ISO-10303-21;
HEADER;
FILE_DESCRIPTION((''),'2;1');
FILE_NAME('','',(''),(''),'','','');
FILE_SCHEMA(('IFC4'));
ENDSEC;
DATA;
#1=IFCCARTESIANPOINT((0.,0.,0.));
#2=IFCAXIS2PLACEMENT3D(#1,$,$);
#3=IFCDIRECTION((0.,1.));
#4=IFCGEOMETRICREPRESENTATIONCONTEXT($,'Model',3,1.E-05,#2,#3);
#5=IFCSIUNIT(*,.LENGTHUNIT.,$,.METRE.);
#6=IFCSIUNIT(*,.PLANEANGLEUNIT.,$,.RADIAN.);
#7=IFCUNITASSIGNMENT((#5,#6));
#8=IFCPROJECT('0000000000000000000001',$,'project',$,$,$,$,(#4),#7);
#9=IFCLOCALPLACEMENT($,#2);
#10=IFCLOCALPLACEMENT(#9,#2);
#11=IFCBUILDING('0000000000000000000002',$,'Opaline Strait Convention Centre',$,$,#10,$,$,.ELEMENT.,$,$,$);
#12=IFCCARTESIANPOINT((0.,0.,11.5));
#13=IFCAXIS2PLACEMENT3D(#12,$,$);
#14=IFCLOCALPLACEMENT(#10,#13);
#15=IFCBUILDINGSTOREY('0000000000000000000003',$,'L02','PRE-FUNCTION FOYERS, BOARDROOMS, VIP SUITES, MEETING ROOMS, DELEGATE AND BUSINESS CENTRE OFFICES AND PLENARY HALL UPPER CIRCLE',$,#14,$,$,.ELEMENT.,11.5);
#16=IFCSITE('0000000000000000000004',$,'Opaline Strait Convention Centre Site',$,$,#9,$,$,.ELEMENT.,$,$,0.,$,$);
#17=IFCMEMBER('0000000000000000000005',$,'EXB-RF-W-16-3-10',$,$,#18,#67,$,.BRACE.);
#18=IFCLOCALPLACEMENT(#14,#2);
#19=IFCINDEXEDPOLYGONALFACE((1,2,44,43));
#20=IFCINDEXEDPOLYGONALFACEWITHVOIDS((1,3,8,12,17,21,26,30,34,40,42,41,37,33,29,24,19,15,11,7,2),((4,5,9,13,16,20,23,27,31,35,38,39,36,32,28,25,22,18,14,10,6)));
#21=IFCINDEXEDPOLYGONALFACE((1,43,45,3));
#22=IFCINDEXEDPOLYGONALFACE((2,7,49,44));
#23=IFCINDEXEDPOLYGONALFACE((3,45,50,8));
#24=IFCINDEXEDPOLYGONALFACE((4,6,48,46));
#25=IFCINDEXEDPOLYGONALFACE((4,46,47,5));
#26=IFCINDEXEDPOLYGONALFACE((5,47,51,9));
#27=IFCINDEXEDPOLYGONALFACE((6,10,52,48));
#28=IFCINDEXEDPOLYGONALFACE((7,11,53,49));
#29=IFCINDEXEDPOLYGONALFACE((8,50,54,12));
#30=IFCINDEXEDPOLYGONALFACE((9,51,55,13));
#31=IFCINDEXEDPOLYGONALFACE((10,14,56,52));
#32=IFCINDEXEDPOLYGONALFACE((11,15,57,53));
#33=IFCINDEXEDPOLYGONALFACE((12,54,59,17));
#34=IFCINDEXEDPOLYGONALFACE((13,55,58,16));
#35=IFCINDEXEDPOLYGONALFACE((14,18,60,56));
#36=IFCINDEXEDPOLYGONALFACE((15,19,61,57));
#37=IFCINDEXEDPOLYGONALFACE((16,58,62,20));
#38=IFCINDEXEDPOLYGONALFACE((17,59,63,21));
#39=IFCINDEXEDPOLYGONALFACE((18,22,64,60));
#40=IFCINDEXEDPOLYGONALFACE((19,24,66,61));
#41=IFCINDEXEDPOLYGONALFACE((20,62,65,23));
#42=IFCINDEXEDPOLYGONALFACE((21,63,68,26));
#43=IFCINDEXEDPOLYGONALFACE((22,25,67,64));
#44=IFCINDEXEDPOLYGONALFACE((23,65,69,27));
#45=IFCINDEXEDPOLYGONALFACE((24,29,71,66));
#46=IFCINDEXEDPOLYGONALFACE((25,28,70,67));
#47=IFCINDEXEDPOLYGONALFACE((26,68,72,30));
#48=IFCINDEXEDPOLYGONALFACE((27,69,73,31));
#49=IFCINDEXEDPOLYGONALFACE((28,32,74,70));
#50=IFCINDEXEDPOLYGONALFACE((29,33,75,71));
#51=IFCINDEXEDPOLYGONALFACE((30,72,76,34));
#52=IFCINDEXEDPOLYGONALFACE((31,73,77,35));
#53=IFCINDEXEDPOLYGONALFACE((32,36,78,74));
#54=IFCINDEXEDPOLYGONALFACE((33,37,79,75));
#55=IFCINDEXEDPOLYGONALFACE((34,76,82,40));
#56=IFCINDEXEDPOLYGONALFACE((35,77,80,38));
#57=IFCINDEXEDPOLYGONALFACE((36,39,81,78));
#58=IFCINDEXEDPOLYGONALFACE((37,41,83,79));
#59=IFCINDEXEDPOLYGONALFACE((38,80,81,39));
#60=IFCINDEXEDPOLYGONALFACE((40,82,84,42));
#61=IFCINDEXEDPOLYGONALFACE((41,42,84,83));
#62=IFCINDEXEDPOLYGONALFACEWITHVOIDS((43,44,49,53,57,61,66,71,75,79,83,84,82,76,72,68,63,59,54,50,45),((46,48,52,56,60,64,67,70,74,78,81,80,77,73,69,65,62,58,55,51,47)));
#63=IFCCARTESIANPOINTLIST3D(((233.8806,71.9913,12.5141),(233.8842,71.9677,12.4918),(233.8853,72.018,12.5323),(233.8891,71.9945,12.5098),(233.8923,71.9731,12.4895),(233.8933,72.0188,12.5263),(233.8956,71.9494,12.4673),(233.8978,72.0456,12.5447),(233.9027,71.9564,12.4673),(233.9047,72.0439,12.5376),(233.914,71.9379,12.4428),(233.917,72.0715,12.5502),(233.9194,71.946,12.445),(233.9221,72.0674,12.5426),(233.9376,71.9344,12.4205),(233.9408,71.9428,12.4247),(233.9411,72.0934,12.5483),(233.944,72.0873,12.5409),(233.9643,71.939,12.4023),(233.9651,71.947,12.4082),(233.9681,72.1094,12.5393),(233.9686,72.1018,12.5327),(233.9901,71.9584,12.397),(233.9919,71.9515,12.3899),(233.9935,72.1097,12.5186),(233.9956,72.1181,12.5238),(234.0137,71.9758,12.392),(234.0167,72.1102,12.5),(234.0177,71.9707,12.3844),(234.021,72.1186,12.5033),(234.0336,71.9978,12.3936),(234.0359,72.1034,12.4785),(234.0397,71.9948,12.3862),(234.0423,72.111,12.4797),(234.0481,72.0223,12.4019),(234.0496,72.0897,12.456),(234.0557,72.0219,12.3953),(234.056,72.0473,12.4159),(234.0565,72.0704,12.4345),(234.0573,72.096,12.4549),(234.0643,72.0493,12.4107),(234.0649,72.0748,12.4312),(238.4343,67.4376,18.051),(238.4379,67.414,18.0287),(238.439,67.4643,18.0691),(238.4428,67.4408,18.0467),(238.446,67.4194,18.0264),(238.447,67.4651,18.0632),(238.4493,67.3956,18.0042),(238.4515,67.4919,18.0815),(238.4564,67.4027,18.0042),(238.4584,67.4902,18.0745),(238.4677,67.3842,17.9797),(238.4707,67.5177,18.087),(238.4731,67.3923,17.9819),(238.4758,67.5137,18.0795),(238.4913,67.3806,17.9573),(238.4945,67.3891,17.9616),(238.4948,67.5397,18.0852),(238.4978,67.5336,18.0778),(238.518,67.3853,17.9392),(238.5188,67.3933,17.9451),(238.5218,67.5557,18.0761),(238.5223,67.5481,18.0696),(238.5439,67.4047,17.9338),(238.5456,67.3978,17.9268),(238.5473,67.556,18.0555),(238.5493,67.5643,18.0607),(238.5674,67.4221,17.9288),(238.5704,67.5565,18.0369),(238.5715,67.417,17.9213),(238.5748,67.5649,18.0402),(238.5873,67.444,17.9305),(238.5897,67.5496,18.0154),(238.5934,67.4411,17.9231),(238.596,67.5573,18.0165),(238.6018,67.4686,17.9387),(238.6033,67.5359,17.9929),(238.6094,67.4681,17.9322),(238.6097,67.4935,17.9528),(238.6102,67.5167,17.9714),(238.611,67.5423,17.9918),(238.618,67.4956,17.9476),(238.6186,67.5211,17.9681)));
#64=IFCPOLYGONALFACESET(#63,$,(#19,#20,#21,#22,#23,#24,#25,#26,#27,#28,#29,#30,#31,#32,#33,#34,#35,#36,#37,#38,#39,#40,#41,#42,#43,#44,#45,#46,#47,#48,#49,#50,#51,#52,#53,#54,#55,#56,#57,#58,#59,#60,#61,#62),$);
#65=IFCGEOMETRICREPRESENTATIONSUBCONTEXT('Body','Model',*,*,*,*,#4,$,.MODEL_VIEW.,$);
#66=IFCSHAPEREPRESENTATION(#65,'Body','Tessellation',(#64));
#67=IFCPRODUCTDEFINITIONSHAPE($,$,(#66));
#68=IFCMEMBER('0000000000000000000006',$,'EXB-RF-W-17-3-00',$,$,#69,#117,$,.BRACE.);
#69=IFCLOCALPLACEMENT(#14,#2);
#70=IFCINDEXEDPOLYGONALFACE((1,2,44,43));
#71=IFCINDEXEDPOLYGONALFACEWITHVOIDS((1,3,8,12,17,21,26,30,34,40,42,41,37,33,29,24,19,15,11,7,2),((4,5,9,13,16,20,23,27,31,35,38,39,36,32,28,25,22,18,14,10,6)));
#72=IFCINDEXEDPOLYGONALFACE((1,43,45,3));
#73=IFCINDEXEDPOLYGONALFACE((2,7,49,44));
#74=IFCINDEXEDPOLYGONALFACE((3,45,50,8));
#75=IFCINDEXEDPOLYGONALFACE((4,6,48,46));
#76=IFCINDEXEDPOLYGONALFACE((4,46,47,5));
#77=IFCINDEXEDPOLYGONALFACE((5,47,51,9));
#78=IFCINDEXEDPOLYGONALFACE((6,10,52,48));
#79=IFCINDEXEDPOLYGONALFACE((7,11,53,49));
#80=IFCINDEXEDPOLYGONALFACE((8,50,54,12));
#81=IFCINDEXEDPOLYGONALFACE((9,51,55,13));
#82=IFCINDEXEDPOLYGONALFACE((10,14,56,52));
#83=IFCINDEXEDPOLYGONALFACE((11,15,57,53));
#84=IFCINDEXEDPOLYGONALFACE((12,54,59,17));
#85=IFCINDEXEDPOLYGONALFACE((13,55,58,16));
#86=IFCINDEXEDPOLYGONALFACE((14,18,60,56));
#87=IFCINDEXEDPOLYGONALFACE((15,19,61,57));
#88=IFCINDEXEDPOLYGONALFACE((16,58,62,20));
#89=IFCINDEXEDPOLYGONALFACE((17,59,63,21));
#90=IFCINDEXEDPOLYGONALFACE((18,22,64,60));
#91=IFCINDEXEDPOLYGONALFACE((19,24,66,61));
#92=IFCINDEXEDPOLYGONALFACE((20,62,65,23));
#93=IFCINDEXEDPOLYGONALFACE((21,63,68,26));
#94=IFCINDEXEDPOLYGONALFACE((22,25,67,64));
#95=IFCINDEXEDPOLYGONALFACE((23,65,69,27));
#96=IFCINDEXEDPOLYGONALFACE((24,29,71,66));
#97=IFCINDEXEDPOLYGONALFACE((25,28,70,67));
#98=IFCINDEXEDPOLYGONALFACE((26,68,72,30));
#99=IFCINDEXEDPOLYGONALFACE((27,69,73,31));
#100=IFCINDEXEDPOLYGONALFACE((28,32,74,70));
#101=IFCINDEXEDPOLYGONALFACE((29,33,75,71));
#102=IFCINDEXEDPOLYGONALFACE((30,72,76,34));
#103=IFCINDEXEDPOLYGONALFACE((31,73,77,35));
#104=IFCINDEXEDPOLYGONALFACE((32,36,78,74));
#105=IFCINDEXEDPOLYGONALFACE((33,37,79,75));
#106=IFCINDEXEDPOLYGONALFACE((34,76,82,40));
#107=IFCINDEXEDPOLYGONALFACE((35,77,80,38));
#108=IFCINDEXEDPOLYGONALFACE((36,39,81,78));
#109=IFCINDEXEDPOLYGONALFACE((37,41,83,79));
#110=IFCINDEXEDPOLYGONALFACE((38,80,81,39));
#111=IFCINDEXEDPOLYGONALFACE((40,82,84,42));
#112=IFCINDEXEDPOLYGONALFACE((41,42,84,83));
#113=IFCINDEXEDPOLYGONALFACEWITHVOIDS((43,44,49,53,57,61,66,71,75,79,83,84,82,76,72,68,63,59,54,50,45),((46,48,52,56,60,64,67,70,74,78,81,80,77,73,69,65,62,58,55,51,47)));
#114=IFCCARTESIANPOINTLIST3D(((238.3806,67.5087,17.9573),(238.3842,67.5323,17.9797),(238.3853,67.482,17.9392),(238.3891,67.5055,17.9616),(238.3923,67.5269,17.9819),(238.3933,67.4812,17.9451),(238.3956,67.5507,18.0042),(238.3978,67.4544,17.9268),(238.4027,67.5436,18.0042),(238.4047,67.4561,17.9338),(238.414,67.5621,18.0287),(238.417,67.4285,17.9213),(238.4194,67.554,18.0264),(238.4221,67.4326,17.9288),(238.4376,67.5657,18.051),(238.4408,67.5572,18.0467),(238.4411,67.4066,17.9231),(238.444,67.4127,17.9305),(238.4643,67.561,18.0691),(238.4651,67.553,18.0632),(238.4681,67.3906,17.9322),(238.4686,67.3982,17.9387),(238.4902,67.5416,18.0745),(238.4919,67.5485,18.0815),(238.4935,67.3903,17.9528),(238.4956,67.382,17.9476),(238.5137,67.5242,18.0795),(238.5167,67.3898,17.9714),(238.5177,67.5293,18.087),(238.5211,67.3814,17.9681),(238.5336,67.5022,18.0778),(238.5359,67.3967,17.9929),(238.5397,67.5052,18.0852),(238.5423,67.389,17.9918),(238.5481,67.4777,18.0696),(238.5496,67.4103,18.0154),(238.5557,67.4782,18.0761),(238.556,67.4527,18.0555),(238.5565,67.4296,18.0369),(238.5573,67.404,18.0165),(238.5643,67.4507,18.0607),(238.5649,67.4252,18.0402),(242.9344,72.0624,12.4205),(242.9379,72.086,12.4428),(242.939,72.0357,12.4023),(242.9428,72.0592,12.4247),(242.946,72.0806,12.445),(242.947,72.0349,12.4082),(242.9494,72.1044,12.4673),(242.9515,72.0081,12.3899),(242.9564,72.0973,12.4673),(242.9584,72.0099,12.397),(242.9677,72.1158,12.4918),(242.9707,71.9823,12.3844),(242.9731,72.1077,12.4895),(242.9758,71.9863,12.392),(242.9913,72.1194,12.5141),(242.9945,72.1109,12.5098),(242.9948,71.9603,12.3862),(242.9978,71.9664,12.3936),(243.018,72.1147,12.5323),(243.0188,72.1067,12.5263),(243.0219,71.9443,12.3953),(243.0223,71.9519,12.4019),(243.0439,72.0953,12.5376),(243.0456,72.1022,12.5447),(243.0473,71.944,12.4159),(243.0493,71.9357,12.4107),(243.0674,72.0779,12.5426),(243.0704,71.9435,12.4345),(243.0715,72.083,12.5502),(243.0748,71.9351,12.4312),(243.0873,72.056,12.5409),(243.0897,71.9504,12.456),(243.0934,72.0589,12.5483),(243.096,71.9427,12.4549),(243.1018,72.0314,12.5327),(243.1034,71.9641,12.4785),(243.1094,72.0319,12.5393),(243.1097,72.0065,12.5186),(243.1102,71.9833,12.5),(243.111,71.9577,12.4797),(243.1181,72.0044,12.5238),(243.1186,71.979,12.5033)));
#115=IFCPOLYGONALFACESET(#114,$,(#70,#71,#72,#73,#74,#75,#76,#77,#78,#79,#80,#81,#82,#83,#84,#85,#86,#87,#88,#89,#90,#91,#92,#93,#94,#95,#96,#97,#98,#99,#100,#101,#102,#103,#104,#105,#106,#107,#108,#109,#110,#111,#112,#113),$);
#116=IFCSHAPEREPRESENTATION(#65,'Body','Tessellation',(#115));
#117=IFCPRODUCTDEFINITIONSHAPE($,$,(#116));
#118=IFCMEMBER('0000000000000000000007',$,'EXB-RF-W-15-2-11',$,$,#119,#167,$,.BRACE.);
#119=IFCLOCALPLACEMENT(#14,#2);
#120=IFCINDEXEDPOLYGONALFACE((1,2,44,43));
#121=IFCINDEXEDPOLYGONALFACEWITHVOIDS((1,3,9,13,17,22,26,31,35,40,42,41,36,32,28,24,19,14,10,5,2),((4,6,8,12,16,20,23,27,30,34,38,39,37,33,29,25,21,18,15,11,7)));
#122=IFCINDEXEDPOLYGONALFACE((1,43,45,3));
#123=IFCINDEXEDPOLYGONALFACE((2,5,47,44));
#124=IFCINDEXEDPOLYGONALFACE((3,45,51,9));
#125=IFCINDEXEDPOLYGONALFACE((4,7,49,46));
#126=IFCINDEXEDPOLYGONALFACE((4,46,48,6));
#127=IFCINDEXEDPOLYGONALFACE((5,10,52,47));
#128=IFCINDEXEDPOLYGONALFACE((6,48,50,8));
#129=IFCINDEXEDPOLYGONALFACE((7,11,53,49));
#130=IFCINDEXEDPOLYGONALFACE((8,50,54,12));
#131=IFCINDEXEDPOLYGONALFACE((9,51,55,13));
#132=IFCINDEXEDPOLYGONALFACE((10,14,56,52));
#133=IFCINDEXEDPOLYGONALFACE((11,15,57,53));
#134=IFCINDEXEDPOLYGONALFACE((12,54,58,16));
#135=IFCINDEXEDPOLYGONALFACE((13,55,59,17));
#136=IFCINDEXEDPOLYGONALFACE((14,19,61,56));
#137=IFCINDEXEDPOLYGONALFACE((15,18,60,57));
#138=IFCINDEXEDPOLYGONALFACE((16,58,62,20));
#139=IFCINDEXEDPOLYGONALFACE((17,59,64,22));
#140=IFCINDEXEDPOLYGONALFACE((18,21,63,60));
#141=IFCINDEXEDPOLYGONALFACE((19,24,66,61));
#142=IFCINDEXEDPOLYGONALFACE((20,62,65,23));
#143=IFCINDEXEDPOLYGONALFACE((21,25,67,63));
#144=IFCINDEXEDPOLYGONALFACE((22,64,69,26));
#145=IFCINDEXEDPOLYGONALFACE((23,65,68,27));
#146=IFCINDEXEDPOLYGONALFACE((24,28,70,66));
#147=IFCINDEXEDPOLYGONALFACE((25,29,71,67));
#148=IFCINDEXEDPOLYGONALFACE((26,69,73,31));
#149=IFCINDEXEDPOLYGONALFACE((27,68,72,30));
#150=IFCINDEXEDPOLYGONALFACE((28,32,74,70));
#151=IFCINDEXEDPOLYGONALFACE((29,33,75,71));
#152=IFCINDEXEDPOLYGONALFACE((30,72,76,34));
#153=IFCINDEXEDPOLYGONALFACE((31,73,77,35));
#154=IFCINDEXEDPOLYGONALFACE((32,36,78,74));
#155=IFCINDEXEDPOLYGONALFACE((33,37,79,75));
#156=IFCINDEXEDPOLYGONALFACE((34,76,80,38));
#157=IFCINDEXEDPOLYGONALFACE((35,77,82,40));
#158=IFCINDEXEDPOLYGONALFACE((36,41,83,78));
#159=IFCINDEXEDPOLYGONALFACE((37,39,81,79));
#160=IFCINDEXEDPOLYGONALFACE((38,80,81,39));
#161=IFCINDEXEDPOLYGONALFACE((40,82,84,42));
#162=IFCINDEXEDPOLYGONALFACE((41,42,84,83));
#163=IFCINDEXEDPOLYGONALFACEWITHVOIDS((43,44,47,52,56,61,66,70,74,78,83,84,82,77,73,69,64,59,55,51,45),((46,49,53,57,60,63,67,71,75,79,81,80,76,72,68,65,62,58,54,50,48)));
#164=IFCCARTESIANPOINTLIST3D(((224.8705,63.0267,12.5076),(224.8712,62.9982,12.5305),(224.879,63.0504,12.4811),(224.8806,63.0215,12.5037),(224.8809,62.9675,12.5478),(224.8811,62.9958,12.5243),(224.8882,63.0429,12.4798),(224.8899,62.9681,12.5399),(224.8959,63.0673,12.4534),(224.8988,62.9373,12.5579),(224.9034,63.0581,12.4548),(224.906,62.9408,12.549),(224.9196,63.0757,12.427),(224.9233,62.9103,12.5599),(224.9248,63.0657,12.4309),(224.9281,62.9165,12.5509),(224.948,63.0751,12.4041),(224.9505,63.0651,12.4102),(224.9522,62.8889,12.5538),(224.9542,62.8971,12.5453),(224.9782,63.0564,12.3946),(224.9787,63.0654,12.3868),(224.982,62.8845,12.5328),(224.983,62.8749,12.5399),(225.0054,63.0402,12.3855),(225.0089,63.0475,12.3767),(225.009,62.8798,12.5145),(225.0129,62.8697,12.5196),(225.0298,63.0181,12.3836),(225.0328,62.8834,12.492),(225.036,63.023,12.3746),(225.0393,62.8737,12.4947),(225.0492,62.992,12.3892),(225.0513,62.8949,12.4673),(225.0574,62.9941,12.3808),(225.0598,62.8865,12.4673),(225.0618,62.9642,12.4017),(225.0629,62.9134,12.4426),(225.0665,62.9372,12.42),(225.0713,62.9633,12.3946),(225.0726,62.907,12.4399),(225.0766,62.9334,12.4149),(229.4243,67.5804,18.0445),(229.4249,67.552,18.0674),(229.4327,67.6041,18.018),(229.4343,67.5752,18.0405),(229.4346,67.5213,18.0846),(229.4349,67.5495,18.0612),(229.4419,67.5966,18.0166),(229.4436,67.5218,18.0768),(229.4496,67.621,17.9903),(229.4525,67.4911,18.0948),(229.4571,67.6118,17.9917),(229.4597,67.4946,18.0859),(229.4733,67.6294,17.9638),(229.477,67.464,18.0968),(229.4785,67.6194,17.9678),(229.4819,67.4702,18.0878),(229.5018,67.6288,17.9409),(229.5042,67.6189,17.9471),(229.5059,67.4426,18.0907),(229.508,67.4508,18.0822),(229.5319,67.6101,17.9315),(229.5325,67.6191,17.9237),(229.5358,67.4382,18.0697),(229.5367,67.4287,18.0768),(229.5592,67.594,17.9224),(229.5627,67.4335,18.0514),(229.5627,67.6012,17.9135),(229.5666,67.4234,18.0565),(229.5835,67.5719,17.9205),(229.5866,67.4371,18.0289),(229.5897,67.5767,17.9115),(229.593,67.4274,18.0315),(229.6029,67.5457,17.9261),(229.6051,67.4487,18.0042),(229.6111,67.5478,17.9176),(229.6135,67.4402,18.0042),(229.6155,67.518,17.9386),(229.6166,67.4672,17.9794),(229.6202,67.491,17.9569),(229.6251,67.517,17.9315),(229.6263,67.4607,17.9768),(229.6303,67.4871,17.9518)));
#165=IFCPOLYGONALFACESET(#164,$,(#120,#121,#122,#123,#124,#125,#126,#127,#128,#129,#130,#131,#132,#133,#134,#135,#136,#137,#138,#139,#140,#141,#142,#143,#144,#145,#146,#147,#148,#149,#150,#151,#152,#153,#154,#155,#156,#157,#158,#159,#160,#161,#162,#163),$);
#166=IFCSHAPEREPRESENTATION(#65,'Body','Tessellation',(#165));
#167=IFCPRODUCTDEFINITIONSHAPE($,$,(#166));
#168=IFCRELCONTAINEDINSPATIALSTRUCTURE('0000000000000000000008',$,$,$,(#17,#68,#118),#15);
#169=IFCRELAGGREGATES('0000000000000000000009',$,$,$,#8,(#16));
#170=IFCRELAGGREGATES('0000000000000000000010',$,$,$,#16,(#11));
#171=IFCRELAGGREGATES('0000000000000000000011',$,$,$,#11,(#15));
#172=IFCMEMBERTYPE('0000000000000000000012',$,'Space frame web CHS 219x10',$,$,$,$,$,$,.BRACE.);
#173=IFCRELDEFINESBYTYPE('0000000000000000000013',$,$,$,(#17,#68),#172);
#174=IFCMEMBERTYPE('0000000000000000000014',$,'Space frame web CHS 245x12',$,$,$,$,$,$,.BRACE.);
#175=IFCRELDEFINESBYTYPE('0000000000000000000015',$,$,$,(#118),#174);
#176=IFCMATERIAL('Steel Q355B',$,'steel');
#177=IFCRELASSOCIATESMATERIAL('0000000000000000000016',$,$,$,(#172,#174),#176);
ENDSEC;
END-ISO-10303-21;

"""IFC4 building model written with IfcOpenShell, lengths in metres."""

from ifc_helpers import new_model, si_unit, direction, frame, origin, origin_2d, place, context, subcontext, project, spatial, hollow_circle, extrude, material, material_profile, profile_set, type_object, element, save


model = new_model("IFC4")

# Units and contexts
model_context = context("Model", 3, precision=1e-05, world=origin(), true_north=direction((0.0, 1.0)))
body_context = subcontext(model_context, "Body", "Model", "MODEL_VIEW")
ifc_project = project(units=[si_unit("LENGTHUNIT", "METRE"), si_unit("PLANEANGLEUNIT", "RADIAN")], contexts=[model_context])

# Site, building, storey
site_placement = place(None, origin())
site = spatial("IfcSite", under=ifc_project, at=site_placement, Name="Opaline Strait Convention Centre Site", CompositionType="ELEMENT", RefElevation=0.0)
building_placement = place(site_placement, origin())
building = spatial("IfcBuilding", under=site, at=building_placement, Name="Opaline Strait Convention Centre", CompositionType="ELEMENT")
storey_placement = place(building_placement, frame((0.0, 0.0, 11.5)))
storey = spatial("IfcBuildingStorey", under=building, at=storey_placement, Name="L02", Description="PRE-FUNCTION FOYERS, BOARDROOMS, VIP SUITES, MEETING ROOMS, DELEGATE AND BUSINESS CENTRE OFFICES AND PLENARY HALL UPPER CIRCLE", CompositionType="ELEMENT", Elevation=11.5)

# Members
ifc_material_1 = material(Name="Steel Q355B", Category="steel")
ifc_material_profile_1 = material_profile(ifc_material_1, hollow_circle(Radius=0.1096, WallThickness=0.01, at=origin_2d()), Name="CHS 219x10")
ifc_profile_set_1 = profile_set([ifc_material_profile_1], Name="Steel Q355B")
member_type_1 = type_object("IfcMemberType", Name="Space frame web CHS 219x10", PredefinedType="BRACE", material=ifc_profile_set_1)
for number, where, z_axis, x_axis, name in (
    (1, (238.5269, 67.4731, 18.0042), (-0.536178, 0.536178, -0.65194), (-0.707107, -0.707107, 0.0), "EXB-RF-W-16-3-10"),
    (2, (238.4731, 67.4731, 18.0042), (0.536178, 0.536178, -0.65194), (-0.707107, 0.707107, 0.0), "EXB-RF-W-17-3-00"),
):
    element("IfcMember", number, at=place(storey_placement, frame(where, z_axis=z_axis, x_axis=x_axis)), inside=storey, type_object=member_type_1, Name=name, PredefinedType="BRACE", context=body_context, shape_type="SweptSolid", body=[
        extrude(hollow_circle(Radius=0.1096, WallThickness=0.01, at=origin_2d()), origin(), (0.0, 0.0, 1.0), 8.4929),
    ])
ifc_material_profile_2 = material_profile(ifc_material_1, hollow_circle(Radius=0.1226, WallThickness=0.012, at=origin_2d()), Name="CHS 245x12")
ifc_profile_set_2 = profile_set([ifc_material_profile_2], Name="Steel Q355B")
member_type_2 = type_object("IfcMemberType", Name="Space frame web CHS 245x12", PredefinedType="BRACE", material=ifc_profile_set_2)
for number, where, z_axis, x_axis, name in (
    (3, (229.5269, 67.5269, 18.0042), (-0.536178, -0.536178, -0.65194), (0.707107, -0.707107, 0.0), "EXB-RF-W-15-2-11"),
):
    element("IfcMember", number, at=place(storey_placement, frame(where, z_axis=z_axis, x_axis=x_axis)), inside=storey, type_object=member_type_2, Name=name, PredefinedType="BRACE", context=body_context, shape_type="SweptSolid", body=[
        extrude(hollow_circle(Radius=0.1226, WallThickness=0.012, at=origin_2d()), origin(), (0.0, 0.0, 1.0), 8.4929),
    ])

save(model, "model.ifc")
